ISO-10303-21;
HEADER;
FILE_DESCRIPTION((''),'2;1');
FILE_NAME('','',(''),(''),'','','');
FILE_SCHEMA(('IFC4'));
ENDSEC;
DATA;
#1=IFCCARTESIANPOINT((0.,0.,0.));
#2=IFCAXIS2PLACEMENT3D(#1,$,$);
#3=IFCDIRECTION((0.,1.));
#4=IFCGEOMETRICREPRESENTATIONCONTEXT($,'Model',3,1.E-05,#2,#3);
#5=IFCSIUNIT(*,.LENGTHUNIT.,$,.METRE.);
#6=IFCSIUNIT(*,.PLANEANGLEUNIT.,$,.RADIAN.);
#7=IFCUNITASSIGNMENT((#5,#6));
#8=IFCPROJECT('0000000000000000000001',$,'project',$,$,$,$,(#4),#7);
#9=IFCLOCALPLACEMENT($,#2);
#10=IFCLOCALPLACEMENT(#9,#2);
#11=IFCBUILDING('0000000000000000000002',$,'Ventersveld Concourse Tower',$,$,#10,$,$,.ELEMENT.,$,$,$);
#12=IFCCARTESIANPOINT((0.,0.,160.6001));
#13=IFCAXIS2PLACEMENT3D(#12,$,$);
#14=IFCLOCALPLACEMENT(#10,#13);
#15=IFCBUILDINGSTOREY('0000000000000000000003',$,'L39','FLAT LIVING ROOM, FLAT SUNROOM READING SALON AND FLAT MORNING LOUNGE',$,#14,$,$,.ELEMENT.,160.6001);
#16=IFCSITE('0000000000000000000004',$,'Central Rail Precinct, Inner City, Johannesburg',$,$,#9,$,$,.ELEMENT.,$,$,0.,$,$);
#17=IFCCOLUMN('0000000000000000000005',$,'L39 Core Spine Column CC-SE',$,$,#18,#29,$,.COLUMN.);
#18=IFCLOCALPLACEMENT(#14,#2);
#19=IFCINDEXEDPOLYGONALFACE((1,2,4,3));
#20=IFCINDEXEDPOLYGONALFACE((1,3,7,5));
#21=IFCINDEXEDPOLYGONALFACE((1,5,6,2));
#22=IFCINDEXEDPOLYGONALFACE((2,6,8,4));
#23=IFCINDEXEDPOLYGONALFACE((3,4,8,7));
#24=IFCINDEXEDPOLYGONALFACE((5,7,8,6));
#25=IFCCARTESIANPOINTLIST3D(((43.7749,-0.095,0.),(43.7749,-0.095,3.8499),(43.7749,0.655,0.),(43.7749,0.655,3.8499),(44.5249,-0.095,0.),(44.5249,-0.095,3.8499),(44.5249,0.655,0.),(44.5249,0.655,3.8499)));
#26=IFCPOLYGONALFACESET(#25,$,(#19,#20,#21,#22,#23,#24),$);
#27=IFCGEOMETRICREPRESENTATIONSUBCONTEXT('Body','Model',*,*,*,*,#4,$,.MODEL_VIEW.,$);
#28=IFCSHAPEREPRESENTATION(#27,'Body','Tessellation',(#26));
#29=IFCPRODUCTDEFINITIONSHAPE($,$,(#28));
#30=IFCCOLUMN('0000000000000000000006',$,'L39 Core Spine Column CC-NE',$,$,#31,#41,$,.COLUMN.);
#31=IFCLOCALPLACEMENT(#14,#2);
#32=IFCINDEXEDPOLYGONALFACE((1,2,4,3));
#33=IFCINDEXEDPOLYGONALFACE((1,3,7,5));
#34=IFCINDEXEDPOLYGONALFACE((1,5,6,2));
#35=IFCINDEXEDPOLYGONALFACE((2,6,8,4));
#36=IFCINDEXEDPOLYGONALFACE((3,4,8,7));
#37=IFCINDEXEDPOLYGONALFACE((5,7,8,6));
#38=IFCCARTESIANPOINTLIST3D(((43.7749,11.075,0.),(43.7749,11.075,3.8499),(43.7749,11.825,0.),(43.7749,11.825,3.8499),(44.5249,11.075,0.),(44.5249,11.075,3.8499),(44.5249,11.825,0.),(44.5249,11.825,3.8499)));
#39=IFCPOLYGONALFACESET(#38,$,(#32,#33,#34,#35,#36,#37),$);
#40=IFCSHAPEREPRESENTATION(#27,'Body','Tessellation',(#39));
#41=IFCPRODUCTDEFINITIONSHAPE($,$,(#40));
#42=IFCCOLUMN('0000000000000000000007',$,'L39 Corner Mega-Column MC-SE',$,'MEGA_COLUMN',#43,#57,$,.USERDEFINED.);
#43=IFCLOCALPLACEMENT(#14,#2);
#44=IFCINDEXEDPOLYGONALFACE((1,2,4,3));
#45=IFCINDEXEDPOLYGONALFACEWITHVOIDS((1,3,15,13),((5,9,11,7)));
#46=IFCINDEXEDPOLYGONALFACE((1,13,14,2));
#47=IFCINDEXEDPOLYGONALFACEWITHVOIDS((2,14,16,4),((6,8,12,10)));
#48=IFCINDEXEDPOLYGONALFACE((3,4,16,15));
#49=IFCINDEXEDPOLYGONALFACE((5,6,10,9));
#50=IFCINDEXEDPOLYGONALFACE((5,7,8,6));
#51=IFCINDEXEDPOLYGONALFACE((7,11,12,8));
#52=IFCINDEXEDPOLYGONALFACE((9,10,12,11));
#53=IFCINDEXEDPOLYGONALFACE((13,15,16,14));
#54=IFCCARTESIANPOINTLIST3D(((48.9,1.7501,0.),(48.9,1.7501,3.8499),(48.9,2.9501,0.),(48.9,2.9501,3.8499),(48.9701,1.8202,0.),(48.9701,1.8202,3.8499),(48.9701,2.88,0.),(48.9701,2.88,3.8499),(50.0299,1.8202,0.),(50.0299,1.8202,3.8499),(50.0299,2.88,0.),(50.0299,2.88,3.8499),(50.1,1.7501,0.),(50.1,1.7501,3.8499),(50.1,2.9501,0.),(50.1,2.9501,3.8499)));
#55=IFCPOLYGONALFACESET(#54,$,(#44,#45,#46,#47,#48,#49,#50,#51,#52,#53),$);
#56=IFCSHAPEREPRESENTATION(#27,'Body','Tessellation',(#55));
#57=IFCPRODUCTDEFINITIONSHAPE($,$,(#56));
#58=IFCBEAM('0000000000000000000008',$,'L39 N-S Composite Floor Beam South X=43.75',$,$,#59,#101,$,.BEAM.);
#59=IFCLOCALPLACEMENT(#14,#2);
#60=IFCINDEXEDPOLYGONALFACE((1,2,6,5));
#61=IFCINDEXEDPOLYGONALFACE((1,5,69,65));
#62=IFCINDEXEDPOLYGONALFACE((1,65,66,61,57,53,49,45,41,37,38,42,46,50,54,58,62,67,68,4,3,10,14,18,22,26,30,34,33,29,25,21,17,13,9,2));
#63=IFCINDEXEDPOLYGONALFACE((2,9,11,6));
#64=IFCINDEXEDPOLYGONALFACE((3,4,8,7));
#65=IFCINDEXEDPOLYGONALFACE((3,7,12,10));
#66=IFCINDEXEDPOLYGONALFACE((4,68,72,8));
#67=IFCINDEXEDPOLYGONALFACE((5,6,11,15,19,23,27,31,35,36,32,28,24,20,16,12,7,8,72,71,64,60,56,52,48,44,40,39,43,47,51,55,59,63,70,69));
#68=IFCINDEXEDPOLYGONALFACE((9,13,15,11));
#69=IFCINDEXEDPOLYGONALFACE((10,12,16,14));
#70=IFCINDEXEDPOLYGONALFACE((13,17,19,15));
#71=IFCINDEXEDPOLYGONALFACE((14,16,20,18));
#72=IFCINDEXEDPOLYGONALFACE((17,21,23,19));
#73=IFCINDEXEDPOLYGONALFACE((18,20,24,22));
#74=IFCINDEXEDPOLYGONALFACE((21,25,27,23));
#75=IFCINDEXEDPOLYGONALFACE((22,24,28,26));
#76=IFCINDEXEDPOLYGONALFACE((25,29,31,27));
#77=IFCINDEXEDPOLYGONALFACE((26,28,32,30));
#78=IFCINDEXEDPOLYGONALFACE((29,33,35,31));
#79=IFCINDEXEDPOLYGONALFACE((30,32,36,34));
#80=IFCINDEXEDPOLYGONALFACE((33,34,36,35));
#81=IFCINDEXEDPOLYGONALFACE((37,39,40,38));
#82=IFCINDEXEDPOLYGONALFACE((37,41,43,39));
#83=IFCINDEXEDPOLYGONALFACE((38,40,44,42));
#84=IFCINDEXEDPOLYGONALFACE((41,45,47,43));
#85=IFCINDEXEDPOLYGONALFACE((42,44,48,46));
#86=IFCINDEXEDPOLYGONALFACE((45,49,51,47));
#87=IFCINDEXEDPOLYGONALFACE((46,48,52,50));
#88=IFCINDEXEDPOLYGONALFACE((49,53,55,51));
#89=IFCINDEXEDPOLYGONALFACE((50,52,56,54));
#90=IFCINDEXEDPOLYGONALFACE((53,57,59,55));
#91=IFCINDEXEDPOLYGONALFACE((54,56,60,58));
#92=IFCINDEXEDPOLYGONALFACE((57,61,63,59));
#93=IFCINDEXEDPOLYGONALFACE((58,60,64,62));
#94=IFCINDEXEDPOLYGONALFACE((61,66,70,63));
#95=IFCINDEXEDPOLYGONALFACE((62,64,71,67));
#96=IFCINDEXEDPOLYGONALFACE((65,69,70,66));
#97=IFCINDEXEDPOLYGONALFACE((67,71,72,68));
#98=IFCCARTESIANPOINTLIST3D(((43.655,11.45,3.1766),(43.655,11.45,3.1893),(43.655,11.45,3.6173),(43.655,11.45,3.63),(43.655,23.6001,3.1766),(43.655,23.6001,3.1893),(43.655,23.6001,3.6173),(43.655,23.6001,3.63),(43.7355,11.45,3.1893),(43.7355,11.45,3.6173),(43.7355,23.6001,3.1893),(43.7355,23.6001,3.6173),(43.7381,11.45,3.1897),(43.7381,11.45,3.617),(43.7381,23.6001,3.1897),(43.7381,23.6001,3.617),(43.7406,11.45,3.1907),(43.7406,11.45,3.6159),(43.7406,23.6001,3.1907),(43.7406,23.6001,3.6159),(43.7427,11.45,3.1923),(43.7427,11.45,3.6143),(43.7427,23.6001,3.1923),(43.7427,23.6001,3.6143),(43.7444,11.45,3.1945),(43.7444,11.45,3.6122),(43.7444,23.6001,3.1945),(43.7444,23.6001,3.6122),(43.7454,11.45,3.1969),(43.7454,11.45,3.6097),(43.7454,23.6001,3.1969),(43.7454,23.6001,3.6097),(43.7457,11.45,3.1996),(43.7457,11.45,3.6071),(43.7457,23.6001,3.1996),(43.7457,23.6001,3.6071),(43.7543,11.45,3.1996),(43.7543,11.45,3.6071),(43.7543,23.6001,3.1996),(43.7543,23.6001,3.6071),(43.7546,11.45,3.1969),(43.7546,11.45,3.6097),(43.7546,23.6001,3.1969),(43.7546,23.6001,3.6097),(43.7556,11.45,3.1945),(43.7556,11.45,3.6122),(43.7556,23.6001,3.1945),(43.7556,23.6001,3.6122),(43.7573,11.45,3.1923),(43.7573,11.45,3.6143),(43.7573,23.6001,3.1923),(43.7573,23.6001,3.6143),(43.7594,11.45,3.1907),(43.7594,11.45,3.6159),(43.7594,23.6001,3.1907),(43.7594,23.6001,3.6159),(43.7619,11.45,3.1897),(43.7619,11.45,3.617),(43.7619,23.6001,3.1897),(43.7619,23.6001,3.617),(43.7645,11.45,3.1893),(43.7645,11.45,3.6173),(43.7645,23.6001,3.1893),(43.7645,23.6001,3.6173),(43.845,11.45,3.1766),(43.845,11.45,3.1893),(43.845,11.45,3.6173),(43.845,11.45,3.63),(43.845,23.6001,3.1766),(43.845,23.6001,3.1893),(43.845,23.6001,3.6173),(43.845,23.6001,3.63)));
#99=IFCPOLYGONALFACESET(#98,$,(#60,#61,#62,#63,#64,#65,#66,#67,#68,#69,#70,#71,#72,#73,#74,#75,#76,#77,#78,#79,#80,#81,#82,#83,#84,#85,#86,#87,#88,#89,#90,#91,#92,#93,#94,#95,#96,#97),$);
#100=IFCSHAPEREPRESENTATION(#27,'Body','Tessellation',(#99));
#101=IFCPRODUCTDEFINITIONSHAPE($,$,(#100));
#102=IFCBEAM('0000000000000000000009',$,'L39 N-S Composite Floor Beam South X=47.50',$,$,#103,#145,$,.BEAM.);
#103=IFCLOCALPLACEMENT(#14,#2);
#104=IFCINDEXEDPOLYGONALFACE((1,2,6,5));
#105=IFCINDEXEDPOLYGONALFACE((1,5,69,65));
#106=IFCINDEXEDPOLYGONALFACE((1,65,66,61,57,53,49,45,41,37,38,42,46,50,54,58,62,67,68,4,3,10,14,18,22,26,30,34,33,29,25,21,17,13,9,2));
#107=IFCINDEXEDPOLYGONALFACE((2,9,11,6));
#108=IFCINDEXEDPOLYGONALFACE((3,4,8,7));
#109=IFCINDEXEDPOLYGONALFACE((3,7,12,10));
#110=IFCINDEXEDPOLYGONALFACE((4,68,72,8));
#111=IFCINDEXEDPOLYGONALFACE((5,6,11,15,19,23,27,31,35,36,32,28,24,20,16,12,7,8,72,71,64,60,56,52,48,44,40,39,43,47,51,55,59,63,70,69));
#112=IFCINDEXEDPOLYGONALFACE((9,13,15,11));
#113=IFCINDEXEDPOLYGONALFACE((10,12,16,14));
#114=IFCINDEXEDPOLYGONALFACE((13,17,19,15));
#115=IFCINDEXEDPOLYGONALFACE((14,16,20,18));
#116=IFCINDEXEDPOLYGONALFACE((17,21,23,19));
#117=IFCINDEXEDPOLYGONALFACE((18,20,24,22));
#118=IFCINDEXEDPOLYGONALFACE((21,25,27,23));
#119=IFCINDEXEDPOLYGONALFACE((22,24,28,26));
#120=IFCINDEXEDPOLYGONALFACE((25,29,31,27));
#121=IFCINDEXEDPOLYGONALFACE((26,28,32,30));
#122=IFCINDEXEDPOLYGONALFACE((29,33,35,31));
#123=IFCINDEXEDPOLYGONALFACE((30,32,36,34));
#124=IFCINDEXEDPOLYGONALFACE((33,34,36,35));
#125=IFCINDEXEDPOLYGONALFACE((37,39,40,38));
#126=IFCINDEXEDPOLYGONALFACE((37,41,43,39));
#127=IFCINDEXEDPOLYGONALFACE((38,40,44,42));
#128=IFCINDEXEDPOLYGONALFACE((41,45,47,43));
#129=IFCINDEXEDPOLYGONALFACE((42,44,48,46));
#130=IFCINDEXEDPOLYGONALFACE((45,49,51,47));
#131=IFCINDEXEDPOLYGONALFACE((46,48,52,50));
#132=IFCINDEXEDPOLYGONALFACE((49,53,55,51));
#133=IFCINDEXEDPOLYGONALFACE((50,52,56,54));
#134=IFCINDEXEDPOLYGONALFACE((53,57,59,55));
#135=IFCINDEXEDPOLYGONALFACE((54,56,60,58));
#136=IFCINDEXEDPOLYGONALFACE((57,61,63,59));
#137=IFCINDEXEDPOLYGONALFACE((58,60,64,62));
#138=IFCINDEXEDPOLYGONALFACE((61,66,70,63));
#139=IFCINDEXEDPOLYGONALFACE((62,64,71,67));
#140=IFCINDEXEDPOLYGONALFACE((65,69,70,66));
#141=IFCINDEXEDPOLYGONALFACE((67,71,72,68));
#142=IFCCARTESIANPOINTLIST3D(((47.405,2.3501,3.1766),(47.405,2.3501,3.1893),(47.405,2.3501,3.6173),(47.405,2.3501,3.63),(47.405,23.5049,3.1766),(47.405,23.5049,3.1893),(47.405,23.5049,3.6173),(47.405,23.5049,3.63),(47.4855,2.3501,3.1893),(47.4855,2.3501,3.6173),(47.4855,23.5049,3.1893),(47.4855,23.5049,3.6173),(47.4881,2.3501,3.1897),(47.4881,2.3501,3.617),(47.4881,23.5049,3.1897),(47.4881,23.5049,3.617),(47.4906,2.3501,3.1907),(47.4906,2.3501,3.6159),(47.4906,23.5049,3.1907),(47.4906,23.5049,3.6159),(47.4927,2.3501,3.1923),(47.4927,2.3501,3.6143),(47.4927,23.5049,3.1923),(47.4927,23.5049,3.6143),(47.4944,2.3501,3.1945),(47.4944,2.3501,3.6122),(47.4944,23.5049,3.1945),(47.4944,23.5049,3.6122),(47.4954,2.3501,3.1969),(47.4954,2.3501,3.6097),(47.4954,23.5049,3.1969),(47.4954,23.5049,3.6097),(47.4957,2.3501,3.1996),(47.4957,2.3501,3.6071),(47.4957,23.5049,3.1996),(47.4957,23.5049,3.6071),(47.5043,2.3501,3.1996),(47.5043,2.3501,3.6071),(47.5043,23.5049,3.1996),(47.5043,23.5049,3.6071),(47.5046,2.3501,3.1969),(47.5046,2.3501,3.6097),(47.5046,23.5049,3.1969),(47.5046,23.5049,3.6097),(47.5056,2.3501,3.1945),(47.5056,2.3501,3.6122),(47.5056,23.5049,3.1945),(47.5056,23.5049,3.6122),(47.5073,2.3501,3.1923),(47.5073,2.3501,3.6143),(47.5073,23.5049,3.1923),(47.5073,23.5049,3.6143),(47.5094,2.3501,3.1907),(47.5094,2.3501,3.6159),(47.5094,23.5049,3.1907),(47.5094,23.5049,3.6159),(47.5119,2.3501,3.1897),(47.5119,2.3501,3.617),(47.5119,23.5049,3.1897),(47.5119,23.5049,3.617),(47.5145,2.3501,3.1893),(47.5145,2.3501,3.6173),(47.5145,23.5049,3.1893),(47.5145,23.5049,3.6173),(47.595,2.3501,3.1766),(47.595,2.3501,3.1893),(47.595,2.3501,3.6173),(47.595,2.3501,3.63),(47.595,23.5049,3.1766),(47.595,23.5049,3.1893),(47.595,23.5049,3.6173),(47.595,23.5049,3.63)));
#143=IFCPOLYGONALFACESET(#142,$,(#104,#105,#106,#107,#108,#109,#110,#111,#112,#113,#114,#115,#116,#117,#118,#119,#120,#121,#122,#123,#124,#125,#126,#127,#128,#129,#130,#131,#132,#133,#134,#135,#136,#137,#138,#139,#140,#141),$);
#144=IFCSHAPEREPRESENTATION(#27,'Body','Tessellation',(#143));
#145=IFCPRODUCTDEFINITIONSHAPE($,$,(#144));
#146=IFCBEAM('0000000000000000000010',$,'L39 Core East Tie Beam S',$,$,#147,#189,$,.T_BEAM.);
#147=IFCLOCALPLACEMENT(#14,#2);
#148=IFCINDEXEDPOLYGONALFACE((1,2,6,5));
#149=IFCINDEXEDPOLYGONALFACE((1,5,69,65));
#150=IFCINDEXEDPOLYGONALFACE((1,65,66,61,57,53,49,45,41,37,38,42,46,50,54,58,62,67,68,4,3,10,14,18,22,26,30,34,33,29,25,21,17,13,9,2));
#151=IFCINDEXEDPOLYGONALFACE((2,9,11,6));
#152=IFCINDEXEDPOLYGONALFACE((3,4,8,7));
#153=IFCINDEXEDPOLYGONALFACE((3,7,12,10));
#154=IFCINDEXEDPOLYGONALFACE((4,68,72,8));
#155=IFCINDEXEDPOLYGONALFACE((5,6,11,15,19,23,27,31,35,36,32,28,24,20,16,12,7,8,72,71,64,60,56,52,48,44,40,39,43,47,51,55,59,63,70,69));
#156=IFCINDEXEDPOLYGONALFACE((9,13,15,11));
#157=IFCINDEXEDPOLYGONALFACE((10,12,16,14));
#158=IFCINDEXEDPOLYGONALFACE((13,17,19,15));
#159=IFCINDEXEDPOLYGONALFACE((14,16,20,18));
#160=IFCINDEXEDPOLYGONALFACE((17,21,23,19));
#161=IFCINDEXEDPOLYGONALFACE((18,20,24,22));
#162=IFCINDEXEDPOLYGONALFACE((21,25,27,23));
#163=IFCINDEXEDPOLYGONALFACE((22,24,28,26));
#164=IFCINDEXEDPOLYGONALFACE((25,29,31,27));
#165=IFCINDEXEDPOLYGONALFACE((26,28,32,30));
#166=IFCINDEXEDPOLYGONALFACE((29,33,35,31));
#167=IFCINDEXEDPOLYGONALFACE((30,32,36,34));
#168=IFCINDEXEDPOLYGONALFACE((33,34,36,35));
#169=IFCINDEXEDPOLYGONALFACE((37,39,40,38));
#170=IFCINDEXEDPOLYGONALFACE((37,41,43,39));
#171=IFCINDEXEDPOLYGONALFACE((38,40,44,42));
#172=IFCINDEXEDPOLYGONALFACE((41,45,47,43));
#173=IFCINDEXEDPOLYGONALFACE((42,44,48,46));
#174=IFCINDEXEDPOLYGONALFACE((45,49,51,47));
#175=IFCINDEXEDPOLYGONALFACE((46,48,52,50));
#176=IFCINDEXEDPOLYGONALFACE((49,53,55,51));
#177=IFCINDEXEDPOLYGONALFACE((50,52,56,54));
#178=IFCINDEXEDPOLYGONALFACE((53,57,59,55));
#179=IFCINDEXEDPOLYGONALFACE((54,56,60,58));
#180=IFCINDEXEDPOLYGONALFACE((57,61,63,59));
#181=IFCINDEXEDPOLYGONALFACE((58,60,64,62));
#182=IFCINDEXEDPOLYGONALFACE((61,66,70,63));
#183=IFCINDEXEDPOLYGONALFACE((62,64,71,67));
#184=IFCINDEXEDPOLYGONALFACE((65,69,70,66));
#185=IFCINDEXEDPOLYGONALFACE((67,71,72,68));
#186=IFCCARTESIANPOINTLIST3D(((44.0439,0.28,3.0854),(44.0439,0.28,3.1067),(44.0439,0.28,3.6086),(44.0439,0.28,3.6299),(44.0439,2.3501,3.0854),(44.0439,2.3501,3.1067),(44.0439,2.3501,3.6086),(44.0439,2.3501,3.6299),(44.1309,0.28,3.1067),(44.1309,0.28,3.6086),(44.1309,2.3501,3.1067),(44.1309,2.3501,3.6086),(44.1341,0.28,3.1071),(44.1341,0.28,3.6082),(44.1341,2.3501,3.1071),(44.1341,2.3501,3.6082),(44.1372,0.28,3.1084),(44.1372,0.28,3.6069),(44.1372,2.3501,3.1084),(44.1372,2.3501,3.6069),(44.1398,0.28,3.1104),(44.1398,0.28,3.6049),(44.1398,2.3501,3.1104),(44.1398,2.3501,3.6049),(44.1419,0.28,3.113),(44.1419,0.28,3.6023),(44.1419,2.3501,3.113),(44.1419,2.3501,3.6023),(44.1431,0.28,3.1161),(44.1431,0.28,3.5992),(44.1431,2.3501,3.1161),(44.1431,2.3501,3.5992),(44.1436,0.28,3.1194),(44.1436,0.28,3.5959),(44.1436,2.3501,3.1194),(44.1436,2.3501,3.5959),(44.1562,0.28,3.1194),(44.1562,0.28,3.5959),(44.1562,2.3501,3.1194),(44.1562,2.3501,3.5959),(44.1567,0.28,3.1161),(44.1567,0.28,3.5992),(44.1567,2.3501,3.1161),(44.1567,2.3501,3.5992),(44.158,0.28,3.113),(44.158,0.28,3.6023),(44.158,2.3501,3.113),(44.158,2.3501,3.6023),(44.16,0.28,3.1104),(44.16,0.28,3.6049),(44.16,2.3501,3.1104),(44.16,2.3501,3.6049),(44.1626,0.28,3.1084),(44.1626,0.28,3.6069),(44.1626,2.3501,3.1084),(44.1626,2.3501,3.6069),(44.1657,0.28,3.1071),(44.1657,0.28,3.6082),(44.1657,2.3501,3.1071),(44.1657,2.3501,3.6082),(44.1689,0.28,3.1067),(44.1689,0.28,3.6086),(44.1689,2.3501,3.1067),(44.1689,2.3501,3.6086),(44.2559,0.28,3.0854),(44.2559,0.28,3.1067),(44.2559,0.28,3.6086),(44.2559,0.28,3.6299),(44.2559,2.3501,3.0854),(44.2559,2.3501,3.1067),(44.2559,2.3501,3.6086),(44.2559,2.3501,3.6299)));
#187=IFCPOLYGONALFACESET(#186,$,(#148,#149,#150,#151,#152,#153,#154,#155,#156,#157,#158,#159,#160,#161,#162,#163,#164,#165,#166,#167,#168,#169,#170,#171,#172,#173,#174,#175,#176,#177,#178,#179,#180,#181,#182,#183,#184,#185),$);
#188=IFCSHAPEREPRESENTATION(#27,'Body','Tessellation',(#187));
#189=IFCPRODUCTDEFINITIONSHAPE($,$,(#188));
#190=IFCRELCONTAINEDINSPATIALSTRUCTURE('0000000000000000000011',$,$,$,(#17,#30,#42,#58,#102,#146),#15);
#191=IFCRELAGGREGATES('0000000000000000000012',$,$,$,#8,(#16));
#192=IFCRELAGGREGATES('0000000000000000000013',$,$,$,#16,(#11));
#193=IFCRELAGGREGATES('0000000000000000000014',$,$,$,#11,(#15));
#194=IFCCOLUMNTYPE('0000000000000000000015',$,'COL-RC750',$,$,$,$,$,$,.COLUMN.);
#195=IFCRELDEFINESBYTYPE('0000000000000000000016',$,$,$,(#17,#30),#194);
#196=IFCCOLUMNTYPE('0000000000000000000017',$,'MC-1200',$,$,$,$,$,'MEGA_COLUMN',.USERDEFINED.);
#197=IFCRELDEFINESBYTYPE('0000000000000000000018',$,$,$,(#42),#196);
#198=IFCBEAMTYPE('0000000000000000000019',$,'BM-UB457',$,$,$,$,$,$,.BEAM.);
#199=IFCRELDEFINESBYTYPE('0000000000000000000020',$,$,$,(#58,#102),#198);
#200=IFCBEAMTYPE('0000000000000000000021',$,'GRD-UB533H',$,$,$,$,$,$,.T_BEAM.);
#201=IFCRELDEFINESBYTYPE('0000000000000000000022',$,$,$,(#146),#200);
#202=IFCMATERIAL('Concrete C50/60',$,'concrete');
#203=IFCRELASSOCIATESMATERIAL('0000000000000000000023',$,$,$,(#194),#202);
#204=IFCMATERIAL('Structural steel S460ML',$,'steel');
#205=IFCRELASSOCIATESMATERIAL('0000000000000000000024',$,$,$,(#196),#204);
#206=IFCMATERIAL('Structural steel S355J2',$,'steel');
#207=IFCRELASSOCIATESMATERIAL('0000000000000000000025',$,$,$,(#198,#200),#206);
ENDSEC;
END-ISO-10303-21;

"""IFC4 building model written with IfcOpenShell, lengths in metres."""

from ifc_helpers import new_model, si_unit, direction, frame, origin, origin_2d, place, context, subcontext, project, spatial, rectangle, hollow_rectangle, i_section, extrude, material, material_profile, profile_set, type_object, element, save


model = new_model("IFC4")

# Units and contexts
model_context = context("Model", 3, precision=1e-05, world=origin(), true_north=direction((0.0, 1.0)))
body_context = subcontext(model_context, "Body", "Model", "MODEL_VIEW")
ifc_project = project(units=[si_unit("LENGTHUNIT", "METRE"), si_unit("PLANEANGLEUNIT", "RADIAN")], contexts=[model_context])

# Site, building, storey
site_placement = place(None, origin())
site = spatial("IfcSite", under=ifc_project, at=site_placement, Name="Central Rail Precinct, Inner City, Johannesburg", CompositionType="ELEMENT", RefElevation=0.0)
building_placement = place(site_placement, origin())
building = spatial("IfcBuilding", under=site, at=building_placement, Name="Ventersveld Concourse Tower", CompositionType="ELEMENT")
storey_placement = place(building_placement, frame((0.0, 0.0, 160.6001)))
storey = spatial("IfcBuildingStorey", under=building, at=storey_placement, Name="L39", Description="FLAT LIVING ROOM, FLAT SUNROOM READING SALON AND FLAT MORNING LOUNGE", CompositionType="ELEMENT", Elevation=160.6001)

# Columns
ifc_material_1 = material(Name="Concrete C50/60", Category="concrete")
ifc_material_profile_1 = material_profile(ifc_material_1, rectangle(XDim=0.75, YDim=0.75, at=origin_2d()), Name="RC 750x750")
ifc_profile_set_1 = profile_set([ifc_material_profile_1], Name="Concrete C50/60")
column_type_1 = type_object("IfcColumnType", Name="COL-RC750", PredefinedType="COLUMN", material=ifc_profile_set_1)
for number, where, z_axis, x_axis, name in (
    (1, (44.1499, 0.28, 0.0), (0.0, 0.0, 1.0), (1.0, 0.0, 0.0), "L39 Core Spine Column CC-SE"),
    (2, (44.1499, 11.45, 0.0), (0.0, 0.0, 1.0), (1.0, 0.0, 0.0), "L39 Core Spine Column CC-NE"),
):
    element("IfcColumn", number, at=place(storey_placement, frame(where, z_axis=z_axis, x_axis=x_axis)), inside=storey, type_object=column_type_1, Name=name, PredefinedType="COLUMN", context=body_context, shape_type="SweptSolid", body=[
        extrude(rectangle(XDim=0.75, YDim=0.75, at=origin_2d()), origin(), (0.0, 0.0, 1.0), 3.8499),
    ])
ifc_material_2 = material(Name="Structural steel S460ML", Category="steel")
ifc_material_profile_2 = material_profile(ifc_material_2, hollow_rectangle(XDim=1.2, YDim=1.2, WallThickness=0.0701, at=origin_2d()), Name="BOX 1200x1200x70")
ifc_profile_set_2 = profile_set([ifc_material_profile_2], Name="Structural steel S460ML")
column_type_2 = type_object("IfcColumnType", Name="MC-1200", ElementType="MEGA_COLUMN", PredefinedType="USERDEFINED", material=ifc_profile_set_2)
column_placement = place(storey_placement, frame((49.5, 2.3501, 0.0), z_axis=(0.0, 0.0, 1.0), x_axis=(1.0, 0.0, 0.0)))
element("IfcColumn", 3, at=column_placement, inside=storey, type_object=column_type_2, Name="L39 Corner Mega-Column MC-SE", ObjectType="MEGA_COLUMN", PredefinedType="USERDEFINED", context=body_context, shape_type="SweptSolid", body=[
    extrude(hollow_rectangle(XDim=1.2, YDim=1.2, WallThickness=0.0701, at=origin_2d()), origin(), (0.0, 0.0, 1.0), 3.8499),
])

# Beams
ifc_material_3 = material(Name="Structural steel S355J2", Category="steel")
ifc_material_profile_3 = material_profile(ifc_material_3, i_section(OverallWidth=0.1899, OverallDepth=0.4534, WebThickness=0.0085, FlangeThickness=0.0127, FilletRadius=0.0103, at=origin_2d()), Name="UB 457x191x67")
ifc_profile_set_3 = profile_set([ifc_material_profile_3], Name="Structural steel S355J2")
beam_type_1 = type_object("IfcBeamType", Name="BM-UB457", PredefinedType="BEAM", material=ifc_profile_set_3)
beam_1_placement = place(storey_placement, frame((43.75, 11.45, 3.4033), z_axis=(0.0, 1.0, 0.0), x_axis=(-1.0, 0.0, 0.0)))
element("IfcBeam", 4, at=beam_1_placement, inside=storey, type_object=beam_type_1, Name="L39 N-S Composite Floor Beam South X=43.75", PredefinedType="BEAM", context=body_context, shape_type="SweptSolid", body=[
    extrude(i_section(OverallWidth=0.1899, OverallDepth=0.4534, WebThickness=0.0085, FlangeThickness=0.0127, FilletRadius=0.0103, at=origin_2d()), origin(), (0.0, 0.0, 1.0), 12.1501),
])
beam_2_placement = place(storey_placement, frame((47.5, 2.3501, 3.4033), z_axis=(0.0, 1.0, 0.0), x_axis=(-1.0, 0.0, 0.0)))
element("IfcBeam", 5, at=beam_2_placement, inside=storey, type_object=beam_type_1, Name="L39 N-S Composite Floor Beam South X=47.50", PredefinedType="BEAM", context=body_context, shape_type="SweptSolid", body=[
    extrude(i_section(OverallWidth=0.1899, OverallDepth=0.4534, WebThickness=0.0085, FlangeThickness=0.0127, FilletRadius=0.0103, at=origin_2d()), origin(), (0.0, 0.0, 1.0), 21.1548),
])
ifc_material_profile_4 = material_profile(ifc_material_3, i_section(OverallWidth=0.2119, OverallDepth=0.5444, WebThickness=0.0127, FlangeThickness=0.0212, FilletRadius=0.0127, at=origin_2d()), Name="UB 533x210x122")
ifc_profile_set_4 = profile_set([ifc_material_profile_4], Name="Structural steel S355J2")
beam_type_2 = type_object("IfcBeamType", Name="GRD-UB533H", PredefinedType="T_BEAM", material=ifc_profile_set_4)
beam_3_placement = place(storey_placement, frame((44.1499, 0.28, 3.3577), z_axis=(0.0, 1.0, 0.0), x_axis=(-1.0, 0.0, 0.0)))
element("IfcBeam", 6, at=beam_3_placement, inside=storey, type_object=beam_type_2, Name="L39 Core East Tie Beam S", PredefinedType="T_BEAM", context=body_context, shape_type="SweptSolid", body=[
    extrude(i_section(OverallWidth=0.2119, OverallDepth=0.5444, WebThickness=0.0127, FlangeThickness=0.0212, FilletRadius=0.0127, at=origin_2d()), origin(), (0.0, 0.0, 1.0), 2.0701),
])

save(model, "model.ifc")
